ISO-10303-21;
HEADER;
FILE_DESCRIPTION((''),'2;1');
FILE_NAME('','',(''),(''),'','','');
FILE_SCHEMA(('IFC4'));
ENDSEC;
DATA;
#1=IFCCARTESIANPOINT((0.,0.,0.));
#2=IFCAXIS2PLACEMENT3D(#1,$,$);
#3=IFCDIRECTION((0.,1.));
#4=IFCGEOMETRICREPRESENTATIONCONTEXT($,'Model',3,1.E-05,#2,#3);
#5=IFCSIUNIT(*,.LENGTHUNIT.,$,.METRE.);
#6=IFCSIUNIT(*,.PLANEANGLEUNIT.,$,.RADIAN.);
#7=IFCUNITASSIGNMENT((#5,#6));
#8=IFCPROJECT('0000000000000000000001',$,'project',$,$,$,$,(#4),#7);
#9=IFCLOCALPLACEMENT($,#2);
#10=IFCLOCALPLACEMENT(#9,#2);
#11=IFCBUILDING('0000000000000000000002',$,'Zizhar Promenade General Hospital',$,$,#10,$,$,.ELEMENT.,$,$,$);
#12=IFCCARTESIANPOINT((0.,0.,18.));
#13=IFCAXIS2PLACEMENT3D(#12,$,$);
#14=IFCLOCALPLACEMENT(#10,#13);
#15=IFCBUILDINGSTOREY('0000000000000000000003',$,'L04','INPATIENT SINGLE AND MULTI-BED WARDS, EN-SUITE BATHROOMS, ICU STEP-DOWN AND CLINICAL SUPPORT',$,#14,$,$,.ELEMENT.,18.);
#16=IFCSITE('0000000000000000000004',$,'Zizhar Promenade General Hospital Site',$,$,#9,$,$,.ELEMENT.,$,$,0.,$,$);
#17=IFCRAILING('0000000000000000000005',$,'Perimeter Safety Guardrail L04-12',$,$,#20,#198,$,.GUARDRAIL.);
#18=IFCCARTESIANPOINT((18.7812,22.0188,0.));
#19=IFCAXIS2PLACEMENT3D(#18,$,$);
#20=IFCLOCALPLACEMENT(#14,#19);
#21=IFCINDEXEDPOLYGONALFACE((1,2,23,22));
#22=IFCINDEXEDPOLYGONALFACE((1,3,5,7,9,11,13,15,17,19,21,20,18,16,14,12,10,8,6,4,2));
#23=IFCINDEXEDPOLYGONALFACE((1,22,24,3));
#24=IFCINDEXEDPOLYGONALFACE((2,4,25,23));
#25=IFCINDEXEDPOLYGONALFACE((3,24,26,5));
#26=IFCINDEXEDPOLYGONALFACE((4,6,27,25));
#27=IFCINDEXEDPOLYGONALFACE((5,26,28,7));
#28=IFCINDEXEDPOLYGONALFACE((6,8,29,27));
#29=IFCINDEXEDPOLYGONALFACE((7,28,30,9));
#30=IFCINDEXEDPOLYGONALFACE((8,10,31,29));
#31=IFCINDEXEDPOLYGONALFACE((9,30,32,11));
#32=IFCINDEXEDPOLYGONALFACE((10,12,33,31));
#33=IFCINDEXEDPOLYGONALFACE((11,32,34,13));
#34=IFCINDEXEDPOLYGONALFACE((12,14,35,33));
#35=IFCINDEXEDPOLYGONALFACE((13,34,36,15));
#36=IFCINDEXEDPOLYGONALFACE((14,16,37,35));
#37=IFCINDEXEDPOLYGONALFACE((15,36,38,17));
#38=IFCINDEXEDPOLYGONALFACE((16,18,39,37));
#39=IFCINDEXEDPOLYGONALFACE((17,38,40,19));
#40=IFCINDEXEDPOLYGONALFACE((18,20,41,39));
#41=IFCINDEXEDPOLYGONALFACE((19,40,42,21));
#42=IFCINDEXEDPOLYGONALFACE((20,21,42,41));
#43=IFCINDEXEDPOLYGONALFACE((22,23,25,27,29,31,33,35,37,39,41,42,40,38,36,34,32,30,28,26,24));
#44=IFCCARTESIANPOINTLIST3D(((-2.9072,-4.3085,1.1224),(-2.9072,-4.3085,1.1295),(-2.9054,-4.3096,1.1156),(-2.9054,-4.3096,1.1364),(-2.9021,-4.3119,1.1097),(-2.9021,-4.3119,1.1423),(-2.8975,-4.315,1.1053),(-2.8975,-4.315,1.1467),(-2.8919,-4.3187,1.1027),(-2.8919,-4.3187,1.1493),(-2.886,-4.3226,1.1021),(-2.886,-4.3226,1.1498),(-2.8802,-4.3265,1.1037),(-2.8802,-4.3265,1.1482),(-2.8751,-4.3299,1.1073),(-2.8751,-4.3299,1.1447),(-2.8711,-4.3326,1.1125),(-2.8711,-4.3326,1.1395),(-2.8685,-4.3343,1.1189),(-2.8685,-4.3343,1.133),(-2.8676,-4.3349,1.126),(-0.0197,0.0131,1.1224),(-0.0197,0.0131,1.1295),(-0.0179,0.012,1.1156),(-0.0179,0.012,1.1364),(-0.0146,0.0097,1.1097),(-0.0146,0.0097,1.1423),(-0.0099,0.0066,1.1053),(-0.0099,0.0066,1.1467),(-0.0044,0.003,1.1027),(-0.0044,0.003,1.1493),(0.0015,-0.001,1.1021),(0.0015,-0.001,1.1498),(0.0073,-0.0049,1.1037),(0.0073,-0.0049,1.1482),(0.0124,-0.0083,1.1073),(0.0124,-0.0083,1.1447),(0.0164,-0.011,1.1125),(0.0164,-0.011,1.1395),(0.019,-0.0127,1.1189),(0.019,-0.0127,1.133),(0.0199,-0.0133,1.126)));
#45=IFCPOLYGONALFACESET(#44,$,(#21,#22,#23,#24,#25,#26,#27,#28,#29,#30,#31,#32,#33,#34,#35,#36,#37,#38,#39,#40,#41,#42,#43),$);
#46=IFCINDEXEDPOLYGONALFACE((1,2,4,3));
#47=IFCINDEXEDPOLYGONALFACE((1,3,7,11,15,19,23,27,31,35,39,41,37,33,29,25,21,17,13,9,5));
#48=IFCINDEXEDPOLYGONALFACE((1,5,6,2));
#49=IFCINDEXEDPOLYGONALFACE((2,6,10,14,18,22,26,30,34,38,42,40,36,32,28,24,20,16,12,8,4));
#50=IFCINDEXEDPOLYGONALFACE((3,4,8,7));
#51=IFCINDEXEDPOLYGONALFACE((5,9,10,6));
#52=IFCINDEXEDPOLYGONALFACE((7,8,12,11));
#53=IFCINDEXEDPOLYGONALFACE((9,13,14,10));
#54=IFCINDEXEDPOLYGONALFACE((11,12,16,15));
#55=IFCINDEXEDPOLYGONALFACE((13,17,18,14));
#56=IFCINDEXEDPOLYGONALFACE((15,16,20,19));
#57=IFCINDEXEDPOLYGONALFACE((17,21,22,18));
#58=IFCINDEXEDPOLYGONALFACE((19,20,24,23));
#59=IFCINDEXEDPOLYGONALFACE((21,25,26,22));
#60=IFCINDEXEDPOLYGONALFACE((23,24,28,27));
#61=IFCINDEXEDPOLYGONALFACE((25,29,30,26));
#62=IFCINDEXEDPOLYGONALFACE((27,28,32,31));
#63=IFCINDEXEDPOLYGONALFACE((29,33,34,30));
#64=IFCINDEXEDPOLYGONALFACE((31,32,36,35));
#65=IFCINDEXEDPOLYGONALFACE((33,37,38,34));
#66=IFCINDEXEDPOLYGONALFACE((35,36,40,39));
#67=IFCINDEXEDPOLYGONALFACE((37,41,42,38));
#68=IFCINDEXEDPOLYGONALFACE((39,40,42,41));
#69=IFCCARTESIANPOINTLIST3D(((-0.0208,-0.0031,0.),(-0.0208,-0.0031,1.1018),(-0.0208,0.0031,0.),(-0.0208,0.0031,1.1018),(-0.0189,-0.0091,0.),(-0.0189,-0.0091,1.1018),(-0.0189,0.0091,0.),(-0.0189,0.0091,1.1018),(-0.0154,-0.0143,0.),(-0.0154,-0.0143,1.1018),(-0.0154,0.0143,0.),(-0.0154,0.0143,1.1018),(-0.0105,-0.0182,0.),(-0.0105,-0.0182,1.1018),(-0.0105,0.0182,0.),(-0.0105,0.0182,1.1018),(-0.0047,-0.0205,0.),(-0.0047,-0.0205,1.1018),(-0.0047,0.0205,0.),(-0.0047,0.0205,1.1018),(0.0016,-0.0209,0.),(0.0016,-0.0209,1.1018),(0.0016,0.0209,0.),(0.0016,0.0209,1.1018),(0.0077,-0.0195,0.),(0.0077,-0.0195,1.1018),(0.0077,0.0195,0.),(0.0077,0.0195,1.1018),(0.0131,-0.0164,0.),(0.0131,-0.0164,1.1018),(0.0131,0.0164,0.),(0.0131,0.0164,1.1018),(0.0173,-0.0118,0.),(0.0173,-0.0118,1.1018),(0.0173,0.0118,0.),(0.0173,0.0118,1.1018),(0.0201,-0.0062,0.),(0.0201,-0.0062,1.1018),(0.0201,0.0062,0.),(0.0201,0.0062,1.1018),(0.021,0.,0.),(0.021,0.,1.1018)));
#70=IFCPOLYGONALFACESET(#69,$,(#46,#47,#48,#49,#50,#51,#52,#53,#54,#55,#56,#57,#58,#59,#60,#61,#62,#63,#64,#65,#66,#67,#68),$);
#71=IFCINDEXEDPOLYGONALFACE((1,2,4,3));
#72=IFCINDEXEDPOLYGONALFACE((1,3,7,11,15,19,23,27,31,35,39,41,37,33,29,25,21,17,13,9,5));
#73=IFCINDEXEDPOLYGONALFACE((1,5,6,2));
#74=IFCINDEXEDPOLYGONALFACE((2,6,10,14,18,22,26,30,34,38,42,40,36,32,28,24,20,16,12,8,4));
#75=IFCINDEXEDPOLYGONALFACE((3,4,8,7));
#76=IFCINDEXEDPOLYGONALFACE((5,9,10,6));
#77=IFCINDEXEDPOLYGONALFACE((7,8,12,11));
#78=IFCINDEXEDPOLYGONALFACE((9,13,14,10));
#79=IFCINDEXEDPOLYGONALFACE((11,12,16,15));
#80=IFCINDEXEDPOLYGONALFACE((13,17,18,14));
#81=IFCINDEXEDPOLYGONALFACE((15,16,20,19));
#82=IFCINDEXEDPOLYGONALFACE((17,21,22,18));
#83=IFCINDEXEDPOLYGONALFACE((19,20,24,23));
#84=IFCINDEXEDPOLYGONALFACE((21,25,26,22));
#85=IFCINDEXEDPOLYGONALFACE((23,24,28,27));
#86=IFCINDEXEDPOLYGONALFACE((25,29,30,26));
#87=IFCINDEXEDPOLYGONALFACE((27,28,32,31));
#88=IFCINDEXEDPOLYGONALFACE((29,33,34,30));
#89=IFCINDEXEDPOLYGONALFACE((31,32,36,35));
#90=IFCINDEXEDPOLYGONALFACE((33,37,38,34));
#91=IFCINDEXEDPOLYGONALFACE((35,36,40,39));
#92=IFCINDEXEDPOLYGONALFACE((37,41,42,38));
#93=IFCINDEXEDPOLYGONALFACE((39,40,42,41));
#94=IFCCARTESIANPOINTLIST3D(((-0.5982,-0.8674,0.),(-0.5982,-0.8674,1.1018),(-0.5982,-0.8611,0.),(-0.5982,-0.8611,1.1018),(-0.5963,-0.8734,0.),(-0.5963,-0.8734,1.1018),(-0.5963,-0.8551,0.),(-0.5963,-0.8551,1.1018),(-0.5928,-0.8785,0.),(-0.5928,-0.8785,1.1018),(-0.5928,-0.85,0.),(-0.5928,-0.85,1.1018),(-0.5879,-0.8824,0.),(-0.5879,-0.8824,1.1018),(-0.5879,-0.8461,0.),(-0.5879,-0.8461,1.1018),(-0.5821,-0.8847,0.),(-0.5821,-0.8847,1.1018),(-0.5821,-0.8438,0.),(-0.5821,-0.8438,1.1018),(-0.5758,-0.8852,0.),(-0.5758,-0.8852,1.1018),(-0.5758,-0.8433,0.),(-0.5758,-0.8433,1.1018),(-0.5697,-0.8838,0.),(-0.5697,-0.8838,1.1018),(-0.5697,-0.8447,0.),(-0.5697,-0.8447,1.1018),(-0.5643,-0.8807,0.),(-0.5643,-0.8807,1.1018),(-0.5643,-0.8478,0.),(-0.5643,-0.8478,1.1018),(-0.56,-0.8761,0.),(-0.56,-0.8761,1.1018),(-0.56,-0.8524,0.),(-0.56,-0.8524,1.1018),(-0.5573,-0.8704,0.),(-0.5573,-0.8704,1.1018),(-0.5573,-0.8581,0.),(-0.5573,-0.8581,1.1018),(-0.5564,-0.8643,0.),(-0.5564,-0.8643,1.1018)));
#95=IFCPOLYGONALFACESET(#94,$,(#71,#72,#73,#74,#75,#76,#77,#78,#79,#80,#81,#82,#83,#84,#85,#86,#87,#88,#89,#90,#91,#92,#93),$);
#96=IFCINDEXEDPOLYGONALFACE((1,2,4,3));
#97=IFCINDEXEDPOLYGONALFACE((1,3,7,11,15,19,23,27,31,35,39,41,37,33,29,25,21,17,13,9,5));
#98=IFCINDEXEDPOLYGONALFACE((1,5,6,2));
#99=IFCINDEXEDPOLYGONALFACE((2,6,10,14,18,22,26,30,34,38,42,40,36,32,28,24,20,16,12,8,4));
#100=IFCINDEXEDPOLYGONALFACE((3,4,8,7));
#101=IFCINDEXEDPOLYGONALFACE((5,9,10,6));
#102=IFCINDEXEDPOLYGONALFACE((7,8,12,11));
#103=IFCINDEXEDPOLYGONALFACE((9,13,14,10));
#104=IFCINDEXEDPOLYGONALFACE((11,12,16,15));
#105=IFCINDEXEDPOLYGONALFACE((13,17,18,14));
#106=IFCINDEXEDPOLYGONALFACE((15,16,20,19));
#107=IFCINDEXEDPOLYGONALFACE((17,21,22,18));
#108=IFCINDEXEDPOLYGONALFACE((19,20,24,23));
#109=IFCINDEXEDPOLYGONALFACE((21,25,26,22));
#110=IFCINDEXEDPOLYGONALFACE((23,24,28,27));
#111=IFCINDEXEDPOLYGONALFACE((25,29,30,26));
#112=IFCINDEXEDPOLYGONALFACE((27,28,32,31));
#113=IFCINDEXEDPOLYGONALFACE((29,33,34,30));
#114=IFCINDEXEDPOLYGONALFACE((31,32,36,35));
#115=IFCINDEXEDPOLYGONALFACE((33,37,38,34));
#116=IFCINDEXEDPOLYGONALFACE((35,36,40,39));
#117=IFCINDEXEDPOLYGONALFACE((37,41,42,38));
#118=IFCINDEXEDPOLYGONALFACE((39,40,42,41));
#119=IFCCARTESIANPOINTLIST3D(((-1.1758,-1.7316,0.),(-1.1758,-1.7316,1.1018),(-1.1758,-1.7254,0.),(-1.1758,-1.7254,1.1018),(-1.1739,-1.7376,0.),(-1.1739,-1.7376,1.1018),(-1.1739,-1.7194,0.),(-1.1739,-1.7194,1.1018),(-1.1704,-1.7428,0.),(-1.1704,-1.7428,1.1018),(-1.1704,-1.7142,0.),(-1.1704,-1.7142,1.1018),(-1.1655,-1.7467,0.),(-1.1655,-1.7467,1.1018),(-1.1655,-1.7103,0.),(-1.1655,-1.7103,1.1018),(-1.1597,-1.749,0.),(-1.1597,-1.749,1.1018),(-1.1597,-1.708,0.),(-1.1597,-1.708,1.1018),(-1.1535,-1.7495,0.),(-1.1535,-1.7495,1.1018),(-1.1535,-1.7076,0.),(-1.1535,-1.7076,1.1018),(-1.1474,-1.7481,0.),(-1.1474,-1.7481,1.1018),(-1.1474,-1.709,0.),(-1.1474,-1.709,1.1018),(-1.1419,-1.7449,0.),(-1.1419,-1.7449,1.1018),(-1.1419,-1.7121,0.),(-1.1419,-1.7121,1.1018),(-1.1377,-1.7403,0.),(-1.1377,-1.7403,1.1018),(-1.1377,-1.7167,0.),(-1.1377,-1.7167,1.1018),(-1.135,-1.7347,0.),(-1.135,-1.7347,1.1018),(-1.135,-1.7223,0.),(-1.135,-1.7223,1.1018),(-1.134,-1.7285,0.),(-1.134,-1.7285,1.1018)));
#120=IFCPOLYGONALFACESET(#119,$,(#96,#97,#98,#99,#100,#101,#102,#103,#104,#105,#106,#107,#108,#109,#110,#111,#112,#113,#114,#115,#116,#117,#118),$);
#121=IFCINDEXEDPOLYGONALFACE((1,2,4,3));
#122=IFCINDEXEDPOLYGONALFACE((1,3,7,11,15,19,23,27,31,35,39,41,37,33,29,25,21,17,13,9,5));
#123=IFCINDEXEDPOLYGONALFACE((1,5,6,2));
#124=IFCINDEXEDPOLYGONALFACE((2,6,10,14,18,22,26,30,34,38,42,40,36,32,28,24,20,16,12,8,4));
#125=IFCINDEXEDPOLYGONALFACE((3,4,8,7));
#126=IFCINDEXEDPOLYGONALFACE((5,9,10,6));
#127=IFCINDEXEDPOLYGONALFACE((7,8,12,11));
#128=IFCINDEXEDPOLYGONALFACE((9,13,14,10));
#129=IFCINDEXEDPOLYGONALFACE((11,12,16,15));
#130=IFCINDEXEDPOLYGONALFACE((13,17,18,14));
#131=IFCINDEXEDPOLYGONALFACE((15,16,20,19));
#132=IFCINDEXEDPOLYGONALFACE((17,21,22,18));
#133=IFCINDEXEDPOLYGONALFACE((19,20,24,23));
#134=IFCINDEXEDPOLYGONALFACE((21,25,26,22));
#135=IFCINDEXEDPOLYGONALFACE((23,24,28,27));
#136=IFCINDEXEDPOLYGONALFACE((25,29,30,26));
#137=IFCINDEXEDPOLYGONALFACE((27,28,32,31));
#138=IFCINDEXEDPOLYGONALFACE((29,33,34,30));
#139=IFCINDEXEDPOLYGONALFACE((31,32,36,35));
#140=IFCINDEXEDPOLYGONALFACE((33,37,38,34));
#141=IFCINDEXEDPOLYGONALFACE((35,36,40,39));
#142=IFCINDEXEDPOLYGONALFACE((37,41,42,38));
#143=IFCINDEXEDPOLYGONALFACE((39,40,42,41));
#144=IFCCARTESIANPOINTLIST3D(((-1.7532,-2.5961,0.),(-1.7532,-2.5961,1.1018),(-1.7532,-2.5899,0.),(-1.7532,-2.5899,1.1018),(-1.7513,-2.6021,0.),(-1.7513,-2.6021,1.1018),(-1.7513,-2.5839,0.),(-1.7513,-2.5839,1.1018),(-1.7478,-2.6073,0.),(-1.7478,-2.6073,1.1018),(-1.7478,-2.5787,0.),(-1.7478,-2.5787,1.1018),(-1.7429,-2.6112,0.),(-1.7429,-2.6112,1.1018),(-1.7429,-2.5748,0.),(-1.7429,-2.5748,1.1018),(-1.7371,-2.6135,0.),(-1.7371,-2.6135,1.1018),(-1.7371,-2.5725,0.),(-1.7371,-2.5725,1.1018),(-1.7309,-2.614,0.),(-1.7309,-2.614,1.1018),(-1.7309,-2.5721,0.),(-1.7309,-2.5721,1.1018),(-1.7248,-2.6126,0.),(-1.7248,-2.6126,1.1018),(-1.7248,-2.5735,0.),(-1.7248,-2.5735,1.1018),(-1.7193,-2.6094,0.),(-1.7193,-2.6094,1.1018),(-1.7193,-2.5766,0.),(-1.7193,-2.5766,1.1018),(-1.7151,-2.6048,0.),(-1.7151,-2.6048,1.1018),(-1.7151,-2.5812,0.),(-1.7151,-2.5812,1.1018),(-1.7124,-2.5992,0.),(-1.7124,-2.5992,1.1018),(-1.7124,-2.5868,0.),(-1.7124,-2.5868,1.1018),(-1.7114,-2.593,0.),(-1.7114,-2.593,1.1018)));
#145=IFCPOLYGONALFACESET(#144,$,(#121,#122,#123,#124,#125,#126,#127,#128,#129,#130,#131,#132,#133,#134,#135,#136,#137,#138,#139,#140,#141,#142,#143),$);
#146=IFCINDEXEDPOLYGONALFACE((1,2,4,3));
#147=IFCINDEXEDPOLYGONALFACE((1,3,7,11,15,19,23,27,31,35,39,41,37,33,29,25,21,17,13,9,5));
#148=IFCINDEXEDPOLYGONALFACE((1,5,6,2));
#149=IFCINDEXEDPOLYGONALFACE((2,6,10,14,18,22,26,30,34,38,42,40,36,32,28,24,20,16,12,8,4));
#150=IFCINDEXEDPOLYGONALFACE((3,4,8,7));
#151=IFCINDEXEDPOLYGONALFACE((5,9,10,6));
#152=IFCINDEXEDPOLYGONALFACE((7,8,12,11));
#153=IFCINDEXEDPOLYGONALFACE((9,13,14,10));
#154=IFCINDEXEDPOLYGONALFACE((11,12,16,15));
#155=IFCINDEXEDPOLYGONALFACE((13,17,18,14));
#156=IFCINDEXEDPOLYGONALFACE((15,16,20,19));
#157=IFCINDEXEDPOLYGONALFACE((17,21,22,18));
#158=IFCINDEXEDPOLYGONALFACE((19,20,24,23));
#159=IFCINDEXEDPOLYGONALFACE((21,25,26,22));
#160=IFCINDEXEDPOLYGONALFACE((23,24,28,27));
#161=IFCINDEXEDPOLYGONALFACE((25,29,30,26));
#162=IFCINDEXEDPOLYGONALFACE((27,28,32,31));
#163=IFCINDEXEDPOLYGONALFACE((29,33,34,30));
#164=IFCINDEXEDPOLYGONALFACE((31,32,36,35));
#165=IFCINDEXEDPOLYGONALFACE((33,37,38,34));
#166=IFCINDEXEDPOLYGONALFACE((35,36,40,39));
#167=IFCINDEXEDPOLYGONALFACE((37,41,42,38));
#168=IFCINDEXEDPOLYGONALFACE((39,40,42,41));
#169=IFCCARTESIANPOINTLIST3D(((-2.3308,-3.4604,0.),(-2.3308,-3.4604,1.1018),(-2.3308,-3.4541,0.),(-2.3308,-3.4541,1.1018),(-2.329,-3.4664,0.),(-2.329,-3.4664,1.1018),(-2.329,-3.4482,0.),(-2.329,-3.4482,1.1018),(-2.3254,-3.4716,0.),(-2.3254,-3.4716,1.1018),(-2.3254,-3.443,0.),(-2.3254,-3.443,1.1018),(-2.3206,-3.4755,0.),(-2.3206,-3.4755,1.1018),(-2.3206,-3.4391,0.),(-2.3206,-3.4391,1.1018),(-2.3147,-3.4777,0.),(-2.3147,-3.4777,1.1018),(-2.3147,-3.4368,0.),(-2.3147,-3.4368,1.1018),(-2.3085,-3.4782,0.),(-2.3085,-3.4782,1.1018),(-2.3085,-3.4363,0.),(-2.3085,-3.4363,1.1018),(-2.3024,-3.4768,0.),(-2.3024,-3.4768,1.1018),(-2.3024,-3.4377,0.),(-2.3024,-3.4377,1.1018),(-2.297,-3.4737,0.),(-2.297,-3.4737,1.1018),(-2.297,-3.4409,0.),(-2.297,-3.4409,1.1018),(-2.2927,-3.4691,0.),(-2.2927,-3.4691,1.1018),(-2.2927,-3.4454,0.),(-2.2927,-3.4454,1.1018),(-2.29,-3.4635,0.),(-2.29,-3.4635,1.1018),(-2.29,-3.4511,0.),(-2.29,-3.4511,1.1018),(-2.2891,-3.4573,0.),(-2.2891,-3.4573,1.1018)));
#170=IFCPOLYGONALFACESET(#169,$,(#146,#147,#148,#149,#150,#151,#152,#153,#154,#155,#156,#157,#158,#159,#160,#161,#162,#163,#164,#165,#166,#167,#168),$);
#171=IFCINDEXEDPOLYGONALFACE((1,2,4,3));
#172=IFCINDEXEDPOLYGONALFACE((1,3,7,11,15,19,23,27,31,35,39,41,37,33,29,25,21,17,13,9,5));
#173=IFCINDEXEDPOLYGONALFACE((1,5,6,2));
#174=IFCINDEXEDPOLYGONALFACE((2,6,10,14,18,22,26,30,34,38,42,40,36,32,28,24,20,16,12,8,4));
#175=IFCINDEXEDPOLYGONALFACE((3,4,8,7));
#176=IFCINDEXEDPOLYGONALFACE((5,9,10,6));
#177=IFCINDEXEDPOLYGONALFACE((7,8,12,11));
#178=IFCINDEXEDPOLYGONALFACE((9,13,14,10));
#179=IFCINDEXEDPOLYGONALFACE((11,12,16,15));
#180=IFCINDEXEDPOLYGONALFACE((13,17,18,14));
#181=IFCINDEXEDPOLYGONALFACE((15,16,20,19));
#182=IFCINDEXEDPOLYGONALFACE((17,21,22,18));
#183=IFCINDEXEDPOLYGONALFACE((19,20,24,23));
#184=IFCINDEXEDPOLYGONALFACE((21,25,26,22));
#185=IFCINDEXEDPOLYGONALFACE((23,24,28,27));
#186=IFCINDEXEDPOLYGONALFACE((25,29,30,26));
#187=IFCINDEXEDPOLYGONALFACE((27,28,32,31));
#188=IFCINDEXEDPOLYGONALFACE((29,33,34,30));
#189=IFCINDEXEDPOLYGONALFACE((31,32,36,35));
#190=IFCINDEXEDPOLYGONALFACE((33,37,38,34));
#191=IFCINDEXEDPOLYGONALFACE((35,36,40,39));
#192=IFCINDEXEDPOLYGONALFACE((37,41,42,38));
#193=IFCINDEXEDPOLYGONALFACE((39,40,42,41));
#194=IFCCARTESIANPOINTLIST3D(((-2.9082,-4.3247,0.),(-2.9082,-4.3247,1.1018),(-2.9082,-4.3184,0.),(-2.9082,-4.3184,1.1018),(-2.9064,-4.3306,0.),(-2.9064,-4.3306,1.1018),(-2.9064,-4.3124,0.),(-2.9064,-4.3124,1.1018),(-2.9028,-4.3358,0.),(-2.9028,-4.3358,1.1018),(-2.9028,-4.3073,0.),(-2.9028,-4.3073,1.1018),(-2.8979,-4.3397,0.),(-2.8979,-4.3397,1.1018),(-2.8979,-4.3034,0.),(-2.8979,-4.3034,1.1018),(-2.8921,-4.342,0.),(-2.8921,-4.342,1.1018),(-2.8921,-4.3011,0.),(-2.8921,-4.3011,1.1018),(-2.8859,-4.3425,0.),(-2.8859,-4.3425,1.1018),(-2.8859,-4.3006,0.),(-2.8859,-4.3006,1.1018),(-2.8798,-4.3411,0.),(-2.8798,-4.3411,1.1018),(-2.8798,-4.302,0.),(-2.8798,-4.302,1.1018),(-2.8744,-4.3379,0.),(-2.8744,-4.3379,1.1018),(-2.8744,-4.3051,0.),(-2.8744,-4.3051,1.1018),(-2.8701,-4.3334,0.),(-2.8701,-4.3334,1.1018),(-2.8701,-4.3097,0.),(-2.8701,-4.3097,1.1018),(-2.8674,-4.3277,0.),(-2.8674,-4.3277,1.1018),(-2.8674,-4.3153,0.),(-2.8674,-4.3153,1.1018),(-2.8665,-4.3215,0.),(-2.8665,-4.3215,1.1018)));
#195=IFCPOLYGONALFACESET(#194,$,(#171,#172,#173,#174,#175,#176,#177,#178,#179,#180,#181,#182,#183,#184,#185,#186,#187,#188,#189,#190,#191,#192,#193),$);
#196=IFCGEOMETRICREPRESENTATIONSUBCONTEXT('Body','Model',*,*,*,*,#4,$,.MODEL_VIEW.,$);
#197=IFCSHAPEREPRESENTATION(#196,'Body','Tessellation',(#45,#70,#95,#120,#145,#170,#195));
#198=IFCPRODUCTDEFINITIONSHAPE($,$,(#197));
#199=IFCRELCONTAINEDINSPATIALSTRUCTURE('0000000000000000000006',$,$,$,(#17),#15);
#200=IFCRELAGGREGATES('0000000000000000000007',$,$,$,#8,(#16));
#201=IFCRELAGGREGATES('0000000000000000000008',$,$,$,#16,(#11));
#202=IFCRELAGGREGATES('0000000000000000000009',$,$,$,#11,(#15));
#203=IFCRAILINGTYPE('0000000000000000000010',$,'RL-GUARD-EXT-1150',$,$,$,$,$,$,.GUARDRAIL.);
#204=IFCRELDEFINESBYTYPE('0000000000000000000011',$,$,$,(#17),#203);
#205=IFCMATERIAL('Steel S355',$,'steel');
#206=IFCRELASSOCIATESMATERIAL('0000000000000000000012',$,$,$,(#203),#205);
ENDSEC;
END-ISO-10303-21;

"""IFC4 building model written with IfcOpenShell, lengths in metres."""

from ifc_helpers import new_model, si_unit, direction, frame, origin, origin_2d, place, context, subcontext, project, spatial, hollow_rectangle, circle, extrude, material, material_profile, profile_set, type_object, element, save


model = new_model("IFC4")

# Units and contexts
model_context = context("Model", 3, precision=1e-05, world=origin(), true_north=direction((0.0, 1.0)))
body_context = subcontext(model_context, "Body", "Model", "MODEL_VIEW")
ifc_project = project(units=[si_unit("LENGTHUNIT", "METRE"), si_unit("PLANEANGLEUNIT", "RADIAN")], contexts=[model_context])

# Site, building, storey
site_placement = place(None, origin())
site = spatial("IfcSite", under=ifc_project, at=site_placement, Name="Zizhar Promenade General Hospital Site", CompositionType="ELEMENT", RefElevation=0.0)
building_placement = place(site_placement, origin())
building = spatial("IfcBuilding", under=site, at=building_placement, Name="Zizhar Promenade General Hospital", CompositionType="ELEMENT")
storey_placement = place(building_placement, frame((0.0, 0.0, 18.0)))
storey = spatial("IfcBuildingStorey", under=building, at=storey_placement, Name="L04", Description="INPATIENT SINGLE AND MULTI-BED WARDS, EN-SUITE BATHROOMS, ICU STEP-DOWN AND CLINICAL SUPPORT", CompositionType="ELEMENT", Elevation=18.0)

# Railing
ifc_material_1 = material(Name="Steel S355", Category="steel")
ifc_material_profile_1 = material_profile(ifc_material_1, hollow_rectangle(XDim=0.0601, YDim=0.1201, WallThickness=0.0039, at=origin_2d()))
ifc_profile_set_1 = profile_set([ifc_material_profile_1], Name="Steel S355")
railing_type = type_object("IfcRailingType", Name="RL-GUARD-EXT-1150", PredefinedType="GUARDRAIL", material=ifc_profile_set_1)
railing_placement = place(storey_placement, frame((18.7812, 22.0188, 0.0)))
element("IfcRailing", 1, at=railing_placement, inside=storey, type_object=railing_type, Name="Perimeter Safety Guardrail L04-12", PredefinedType="GUARDRAIL", context=body_context, shape_type="SweptSolid", body=[
    extrude(circle(Radius=0.0239, at=origin_2d()), frame((0.0, 0.0, 1.126), z_axis=(-0.555556, -0.831479, 0.0), x_axis=(0.831479, -0.555556, 0.0)), (0.0, 0.0, 1.0), 5.1975),
    extrude(circle(Radius=0.021, at=origin_2d()), origin(), (0.0, 0.0, 1.0), 1.1018),
    extrude(circle(Radius=0.021, at=origin_2d()), frame((-0.5774, -0.8643, 0.0)), (0.0, 0.0, 1.0), 1.1018),
    extrude(circle(Radius=0.021, at=origin_2d()), frame((-1.155, -1.7285, 0.0)), (0.0, 0.0, 1.0), 1.1018),
    extrude(circle(Radius=0.021, at=origin_2d()), frame((-1.7324, -2.593, 0.0)), (0.0, 0.0, 1.0), 1.1018),
    extrude(circle(Radius=0.021, at=origin_2d()), frame((-2.3101, -3.4573, 0.0)), (0.0, 0.0, 1.0), 1.1018),
    extrude(circle(Radius=0.021, at=origin_2d()), frame((-2.8875, -4.3215, 0.0)), (0.0, 0.0, 1.0), 1.1018),
])

save(model, "model.ifc")
